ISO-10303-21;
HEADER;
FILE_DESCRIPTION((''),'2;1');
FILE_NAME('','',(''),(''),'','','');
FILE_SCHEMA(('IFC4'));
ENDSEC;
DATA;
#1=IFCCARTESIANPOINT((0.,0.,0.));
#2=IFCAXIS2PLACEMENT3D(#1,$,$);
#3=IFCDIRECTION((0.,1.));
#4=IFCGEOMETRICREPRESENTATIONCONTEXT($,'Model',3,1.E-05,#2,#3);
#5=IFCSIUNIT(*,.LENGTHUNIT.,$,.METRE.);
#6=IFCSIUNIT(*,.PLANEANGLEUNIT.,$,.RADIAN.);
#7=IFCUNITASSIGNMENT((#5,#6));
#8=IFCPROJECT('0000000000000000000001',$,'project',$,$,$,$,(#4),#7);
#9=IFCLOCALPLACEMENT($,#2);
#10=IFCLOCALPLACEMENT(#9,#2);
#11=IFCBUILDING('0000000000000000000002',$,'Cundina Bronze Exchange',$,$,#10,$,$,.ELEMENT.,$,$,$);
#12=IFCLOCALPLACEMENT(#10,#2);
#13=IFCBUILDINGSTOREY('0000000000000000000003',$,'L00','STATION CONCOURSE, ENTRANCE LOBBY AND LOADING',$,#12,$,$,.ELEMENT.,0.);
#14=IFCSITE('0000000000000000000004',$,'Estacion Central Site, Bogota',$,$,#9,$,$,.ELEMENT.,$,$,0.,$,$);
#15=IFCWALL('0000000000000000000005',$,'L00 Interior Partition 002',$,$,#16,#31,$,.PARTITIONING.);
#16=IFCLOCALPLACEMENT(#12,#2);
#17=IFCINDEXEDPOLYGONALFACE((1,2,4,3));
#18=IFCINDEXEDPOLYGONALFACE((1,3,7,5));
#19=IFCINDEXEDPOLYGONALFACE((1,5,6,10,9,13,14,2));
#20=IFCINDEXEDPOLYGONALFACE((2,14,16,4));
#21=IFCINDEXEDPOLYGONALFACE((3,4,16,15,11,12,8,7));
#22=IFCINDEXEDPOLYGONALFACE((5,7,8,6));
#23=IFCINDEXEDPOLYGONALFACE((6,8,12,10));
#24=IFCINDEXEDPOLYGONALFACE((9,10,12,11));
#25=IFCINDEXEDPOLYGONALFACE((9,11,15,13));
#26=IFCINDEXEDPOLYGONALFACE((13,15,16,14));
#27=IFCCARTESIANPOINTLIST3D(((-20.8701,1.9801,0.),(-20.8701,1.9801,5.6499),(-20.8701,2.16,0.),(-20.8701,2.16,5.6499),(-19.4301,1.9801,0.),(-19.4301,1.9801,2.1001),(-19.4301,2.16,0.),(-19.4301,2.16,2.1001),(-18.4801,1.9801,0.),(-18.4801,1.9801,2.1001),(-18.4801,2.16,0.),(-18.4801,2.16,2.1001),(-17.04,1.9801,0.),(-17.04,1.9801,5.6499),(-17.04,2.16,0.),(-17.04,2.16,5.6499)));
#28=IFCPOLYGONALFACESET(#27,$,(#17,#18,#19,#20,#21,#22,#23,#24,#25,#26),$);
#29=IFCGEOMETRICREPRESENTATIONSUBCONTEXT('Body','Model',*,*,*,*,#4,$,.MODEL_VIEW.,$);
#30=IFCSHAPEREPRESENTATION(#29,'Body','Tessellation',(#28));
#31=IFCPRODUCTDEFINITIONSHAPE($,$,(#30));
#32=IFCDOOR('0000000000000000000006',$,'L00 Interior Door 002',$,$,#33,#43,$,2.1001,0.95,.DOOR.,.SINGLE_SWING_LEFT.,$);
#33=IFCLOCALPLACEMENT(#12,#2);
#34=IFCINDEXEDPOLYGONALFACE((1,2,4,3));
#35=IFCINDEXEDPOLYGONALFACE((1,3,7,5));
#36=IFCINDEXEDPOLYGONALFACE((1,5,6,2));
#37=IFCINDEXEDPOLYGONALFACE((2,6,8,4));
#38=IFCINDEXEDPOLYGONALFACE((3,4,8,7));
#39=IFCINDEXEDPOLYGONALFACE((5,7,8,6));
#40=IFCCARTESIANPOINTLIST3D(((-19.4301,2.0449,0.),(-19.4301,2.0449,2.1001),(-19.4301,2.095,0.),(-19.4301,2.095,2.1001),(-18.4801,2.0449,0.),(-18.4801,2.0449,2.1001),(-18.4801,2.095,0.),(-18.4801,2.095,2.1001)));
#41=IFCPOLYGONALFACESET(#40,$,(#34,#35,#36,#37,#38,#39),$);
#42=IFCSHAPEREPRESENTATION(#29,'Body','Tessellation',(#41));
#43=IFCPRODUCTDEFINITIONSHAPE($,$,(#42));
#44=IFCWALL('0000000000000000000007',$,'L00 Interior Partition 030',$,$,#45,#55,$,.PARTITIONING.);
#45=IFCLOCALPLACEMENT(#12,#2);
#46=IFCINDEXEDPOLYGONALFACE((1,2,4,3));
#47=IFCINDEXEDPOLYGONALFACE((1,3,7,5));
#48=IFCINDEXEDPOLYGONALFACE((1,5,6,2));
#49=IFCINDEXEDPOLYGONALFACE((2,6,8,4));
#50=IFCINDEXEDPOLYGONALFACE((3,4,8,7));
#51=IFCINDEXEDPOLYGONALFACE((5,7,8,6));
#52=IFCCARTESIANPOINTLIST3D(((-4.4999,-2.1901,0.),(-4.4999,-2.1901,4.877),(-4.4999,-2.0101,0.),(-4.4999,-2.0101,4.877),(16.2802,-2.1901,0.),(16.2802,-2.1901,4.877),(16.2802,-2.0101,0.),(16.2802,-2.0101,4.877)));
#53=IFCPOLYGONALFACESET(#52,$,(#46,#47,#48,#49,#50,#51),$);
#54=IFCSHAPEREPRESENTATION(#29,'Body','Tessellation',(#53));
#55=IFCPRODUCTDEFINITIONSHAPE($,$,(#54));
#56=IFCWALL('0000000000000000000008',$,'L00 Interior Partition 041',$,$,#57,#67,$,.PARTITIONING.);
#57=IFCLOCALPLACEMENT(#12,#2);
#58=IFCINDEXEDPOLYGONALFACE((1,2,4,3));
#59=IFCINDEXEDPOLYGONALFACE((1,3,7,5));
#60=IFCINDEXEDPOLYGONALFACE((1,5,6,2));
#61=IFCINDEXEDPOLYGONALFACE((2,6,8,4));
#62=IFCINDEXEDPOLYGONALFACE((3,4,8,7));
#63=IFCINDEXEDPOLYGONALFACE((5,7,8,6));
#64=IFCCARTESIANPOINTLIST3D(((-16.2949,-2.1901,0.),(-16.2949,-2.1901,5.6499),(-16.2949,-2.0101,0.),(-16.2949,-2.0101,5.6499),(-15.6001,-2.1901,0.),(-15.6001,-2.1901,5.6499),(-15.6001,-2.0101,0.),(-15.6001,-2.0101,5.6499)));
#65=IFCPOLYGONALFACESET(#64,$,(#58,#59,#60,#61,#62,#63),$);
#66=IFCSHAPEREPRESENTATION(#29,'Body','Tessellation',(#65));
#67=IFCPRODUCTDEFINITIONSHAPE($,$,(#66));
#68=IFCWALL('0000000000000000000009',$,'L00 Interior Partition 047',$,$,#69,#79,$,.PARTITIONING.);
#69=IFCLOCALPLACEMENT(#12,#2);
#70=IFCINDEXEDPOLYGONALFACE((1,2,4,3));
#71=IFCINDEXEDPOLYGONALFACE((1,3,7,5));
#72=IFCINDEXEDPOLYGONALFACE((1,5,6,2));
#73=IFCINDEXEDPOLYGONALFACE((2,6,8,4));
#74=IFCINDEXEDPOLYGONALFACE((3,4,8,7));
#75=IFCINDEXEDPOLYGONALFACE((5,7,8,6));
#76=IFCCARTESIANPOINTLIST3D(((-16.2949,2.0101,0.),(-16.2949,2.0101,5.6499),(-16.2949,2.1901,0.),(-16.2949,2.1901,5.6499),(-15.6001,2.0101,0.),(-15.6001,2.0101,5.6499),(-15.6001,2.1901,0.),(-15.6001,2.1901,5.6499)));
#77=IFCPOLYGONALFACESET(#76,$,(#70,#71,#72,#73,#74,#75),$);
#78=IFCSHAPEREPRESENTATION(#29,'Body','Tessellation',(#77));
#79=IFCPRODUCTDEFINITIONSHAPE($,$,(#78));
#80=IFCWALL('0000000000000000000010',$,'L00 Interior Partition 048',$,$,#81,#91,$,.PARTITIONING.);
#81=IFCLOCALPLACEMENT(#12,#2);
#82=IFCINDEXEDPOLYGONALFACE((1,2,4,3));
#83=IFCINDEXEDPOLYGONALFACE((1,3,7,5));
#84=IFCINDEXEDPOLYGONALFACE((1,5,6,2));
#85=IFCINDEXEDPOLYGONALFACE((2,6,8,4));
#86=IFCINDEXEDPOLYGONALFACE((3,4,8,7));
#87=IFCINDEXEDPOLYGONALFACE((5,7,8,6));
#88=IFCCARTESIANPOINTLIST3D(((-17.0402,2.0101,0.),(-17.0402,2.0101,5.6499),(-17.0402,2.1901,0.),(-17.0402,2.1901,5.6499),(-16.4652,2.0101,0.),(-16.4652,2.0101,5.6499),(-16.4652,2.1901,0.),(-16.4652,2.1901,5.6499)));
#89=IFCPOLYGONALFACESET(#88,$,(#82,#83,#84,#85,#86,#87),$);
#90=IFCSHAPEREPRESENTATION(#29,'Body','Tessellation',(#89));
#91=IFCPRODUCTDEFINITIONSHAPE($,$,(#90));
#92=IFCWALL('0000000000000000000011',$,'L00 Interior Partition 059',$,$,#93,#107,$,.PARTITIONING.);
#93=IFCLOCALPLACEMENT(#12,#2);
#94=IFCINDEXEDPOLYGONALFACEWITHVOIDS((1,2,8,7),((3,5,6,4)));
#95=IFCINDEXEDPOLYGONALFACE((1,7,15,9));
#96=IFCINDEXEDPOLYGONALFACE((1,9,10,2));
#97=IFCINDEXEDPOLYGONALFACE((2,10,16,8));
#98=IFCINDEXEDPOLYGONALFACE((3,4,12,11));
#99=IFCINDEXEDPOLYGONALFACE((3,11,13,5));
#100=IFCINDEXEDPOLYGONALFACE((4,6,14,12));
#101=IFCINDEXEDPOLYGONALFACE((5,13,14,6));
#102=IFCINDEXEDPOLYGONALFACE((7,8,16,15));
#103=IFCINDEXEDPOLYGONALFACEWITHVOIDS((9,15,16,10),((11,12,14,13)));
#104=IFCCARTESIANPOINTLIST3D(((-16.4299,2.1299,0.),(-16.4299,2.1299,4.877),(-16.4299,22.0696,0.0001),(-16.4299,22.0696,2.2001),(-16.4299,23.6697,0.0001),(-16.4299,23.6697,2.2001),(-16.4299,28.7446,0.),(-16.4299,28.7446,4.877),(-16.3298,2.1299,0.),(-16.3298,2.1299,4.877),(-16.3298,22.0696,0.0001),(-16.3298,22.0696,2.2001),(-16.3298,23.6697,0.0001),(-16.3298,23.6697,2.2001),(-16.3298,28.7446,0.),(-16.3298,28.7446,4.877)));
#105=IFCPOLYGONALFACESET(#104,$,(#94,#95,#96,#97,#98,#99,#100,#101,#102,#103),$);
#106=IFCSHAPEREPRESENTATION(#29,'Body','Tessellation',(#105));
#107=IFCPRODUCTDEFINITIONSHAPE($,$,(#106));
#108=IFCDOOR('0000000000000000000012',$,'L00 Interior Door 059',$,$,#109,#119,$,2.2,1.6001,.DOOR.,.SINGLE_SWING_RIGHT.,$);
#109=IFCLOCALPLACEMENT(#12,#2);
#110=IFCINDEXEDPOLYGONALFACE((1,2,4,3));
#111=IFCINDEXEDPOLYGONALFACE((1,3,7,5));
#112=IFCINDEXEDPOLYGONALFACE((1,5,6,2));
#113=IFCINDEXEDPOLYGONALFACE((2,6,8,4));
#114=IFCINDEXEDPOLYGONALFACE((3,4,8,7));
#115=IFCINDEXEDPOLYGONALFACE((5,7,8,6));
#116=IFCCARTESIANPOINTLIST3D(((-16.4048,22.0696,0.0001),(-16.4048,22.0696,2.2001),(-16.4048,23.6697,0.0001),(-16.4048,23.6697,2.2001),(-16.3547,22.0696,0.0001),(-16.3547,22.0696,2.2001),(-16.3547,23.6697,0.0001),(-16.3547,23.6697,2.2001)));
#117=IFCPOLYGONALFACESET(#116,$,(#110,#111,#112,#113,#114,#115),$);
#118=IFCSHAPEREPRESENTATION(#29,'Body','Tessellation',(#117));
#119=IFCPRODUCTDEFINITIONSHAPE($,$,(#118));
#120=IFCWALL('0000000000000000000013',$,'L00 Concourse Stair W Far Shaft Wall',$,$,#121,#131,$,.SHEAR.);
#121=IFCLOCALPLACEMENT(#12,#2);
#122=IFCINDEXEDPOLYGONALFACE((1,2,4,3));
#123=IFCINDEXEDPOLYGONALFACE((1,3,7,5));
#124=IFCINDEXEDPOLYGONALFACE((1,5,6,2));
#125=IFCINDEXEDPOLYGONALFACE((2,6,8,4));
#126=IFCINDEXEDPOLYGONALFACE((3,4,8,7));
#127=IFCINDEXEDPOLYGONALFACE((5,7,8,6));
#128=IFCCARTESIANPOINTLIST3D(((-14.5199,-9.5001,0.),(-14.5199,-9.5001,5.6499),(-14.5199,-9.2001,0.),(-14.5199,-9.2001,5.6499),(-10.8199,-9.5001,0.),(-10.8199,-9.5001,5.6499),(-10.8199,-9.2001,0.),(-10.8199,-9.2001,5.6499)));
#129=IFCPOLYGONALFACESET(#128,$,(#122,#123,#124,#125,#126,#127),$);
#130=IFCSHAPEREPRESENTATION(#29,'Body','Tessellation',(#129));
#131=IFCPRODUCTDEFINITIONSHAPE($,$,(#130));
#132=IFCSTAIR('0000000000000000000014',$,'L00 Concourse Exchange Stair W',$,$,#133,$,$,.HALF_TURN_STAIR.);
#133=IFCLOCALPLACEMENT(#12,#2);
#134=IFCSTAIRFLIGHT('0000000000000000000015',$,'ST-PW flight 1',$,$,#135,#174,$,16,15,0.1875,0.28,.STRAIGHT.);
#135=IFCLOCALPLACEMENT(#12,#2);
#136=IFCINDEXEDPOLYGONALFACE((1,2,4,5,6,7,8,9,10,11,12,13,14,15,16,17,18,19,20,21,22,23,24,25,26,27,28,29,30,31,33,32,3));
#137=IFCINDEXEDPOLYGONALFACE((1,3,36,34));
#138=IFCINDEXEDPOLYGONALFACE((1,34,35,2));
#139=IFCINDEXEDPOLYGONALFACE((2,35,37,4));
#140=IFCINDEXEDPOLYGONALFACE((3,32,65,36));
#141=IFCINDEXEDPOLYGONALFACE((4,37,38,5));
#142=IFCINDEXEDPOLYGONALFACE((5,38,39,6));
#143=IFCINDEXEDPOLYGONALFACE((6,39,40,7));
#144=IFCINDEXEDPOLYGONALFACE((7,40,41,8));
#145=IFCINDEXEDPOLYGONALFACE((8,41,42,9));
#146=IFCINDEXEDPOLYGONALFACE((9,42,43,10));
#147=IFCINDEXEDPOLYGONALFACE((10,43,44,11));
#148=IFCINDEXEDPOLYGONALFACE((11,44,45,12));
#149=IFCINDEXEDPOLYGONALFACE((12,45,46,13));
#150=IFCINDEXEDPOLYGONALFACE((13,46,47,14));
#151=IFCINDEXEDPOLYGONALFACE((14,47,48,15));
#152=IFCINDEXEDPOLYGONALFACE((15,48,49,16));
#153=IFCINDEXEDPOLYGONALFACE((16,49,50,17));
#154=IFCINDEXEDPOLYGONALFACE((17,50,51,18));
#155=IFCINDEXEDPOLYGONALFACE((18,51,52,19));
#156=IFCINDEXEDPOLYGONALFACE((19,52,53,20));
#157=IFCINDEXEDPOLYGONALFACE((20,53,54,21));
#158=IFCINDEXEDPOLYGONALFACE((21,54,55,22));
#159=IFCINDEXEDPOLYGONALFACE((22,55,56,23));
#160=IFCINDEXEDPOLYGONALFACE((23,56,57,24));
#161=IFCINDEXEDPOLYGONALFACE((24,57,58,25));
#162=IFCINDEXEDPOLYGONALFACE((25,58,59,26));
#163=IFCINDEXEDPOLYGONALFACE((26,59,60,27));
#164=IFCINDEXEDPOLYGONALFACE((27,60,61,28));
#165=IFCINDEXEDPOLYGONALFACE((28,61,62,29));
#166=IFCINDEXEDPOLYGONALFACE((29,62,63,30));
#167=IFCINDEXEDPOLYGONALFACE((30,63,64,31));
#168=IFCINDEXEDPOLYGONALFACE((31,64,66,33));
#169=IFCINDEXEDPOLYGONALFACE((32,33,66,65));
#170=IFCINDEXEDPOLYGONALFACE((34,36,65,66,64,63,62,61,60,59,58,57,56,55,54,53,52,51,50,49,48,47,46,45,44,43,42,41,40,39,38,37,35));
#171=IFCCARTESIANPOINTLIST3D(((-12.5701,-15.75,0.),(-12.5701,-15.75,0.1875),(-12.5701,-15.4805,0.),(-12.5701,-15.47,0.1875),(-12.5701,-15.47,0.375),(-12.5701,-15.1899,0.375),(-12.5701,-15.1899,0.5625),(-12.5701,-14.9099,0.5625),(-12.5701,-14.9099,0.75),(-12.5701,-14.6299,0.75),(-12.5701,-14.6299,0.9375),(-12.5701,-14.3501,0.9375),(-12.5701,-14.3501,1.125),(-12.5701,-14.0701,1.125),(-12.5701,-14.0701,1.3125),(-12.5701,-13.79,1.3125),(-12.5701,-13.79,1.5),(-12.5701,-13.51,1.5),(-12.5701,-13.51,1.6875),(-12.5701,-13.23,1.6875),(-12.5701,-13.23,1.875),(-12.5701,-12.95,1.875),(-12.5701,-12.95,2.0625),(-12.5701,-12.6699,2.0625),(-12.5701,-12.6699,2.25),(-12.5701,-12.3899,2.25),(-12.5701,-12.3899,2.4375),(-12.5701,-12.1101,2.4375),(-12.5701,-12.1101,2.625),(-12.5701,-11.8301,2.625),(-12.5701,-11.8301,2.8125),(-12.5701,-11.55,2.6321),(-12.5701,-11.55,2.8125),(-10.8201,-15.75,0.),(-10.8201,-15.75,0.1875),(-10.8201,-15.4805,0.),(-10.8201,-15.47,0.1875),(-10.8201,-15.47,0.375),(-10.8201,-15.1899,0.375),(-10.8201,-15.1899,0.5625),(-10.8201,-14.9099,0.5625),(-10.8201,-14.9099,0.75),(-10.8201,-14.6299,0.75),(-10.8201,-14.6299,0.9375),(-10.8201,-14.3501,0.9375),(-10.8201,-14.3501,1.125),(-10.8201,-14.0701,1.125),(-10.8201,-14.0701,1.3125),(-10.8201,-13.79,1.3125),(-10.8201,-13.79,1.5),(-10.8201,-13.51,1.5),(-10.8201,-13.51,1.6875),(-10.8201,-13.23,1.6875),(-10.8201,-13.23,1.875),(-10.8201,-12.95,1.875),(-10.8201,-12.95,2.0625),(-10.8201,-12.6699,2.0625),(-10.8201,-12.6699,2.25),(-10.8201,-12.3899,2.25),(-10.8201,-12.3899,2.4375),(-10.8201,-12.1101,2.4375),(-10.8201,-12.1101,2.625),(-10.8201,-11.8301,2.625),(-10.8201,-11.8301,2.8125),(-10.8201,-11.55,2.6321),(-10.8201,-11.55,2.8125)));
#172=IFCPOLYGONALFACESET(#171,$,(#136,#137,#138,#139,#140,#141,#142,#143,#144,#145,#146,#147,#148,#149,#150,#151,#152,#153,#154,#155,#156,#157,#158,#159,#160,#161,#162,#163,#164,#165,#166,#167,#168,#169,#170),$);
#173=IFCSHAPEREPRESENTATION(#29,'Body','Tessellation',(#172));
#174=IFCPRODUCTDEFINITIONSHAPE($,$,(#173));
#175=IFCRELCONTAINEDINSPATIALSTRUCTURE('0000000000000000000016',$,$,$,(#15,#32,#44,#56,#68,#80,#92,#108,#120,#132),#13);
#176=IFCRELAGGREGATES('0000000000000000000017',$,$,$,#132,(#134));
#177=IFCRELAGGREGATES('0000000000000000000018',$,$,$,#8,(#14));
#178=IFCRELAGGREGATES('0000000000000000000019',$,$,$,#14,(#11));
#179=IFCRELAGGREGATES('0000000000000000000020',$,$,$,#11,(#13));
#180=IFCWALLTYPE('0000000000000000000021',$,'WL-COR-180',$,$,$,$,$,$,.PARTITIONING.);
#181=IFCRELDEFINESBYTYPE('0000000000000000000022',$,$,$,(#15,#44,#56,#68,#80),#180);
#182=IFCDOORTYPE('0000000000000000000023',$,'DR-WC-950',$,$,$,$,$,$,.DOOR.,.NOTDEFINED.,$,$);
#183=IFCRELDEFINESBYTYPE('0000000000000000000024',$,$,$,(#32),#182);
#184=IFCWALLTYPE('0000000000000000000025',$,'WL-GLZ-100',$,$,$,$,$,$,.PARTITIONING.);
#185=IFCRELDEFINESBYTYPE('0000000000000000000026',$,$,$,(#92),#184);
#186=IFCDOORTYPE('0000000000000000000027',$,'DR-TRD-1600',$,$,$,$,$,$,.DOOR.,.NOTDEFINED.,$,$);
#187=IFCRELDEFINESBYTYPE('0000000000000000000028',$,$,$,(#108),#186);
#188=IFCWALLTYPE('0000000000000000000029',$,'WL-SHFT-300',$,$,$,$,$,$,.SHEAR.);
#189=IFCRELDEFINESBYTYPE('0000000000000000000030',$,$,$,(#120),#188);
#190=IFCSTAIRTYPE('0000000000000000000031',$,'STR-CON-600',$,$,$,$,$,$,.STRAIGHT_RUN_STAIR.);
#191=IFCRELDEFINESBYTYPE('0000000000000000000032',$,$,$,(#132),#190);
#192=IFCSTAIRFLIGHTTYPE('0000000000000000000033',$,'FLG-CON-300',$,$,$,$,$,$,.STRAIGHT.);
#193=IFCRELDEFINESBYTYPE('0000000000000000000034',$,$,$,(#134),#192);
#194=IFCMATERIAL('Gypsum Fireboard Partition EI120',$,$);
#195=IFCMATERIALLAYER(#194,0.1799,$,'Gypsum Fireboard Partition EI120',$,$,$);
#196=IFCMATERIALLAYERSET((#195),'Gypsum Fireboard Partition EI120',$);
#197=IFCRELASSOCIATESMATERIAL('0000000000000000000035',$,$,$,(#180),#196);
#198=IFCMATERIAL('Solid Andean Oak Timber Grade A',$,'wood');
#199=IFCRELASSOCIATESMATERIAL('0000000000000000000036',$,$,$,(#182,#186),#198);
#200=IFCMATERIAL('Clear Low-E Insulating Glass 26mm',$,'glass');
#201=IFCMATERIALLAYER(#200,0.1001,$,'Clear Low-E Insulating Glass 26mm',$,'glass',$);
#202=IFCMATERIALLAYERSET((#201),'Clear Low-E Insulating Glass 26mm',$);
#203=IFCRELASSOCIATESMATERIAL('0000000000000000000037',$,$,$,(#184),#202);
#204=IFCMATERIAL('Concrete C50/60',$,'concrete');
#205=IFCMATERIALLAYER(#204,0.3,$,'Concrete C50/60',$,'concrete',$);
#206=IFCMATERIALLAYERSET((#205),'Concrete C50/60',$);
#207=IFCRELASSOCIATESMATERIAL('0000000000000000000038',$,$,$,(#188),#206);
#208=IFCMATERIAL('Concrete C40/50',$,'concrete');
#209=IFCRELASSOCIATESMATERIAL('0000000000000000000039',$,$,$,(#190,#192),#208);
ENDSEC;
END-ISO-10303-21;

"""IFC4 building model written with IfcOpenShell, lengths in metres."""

from ifc_helpers import new_model, si_unit, direction, frame, frame_2d, origin, place, context, subcontext, project, spatial, polyline, rectangle, outline, extrude, material, layer, layer_set, type_object, element, fill, aggregate, save


model = new_model("IFC4")

# Units and contexts
model_context = context("Model", 3, precision=1e-05, world=origin(), true_north=direction((0.0, 1.0)))
body_context = subcontext(model_context, "Body", "Model", "MODEL_VIEW")
ifc_project = project(units=[si_unit("LENGTHUNIT", "METRE"), si_unit("PLANEANGLEUNIT", "RADIAN")], contexts=[model_context])

# Site, building, storey
site_placement = place(None, origin())
site = spatial("IfcSite", under=ifc_project, at=site_placement, Name="Estacion Central Site, Bogota", CompositionType="ELEMENT", RefElevation=0.0)
building_placement = place(site_placement, origin())
building = spatial("IfcBuilding", under=site, at=building_placement, Name="Cundina Bronze Exchange", CompositionType="ELEMENT")
storey_placement = place(building_placement, origin())
storey = spatial("IfcBuildingStorey", under=building, at=storey_placement, Name="L00", Description="STATION CONCOURSE, ENTRANCE LOBBY AND LOADING", CompositionType="ELEMENT", Elevation=0.0)

# Shared definitions
ifc_material_1 = material(Name="Concrete C40/50", Category="concrete")

# Shared definitions
ifc_material_2 = material(Name="Concrete C50/60", Category="concrete")

# Shared definitions
ifc_material_3 = material(Name="Gypsum Fireboard Partition EI120")
ifc_layer_1 = layer(ifc_material_3, 0.1799, Name="Gypsum Fireboard Partition EI120")
ifc_layer_set_1 = layer_set([ifc_layer_1], Name="Gypsum Fireboard Partition EI120")
wall_type_1 = type_object("IfcWallType", Name="WL-COR-180", PredefinedType="PARTITIONING", material=ifc_layer_set_1)

# Wall, opening, door
wall_1_placement = place(storey_placement, frame((-20.8701, 2.0701, 0.0), z_axis=(0.0, 0.0, 1.0), x_axis=(1.0, 0.0, 0.0)))
wall_1 = element("IfcWall", 1, at=wall_1_placement, inside=storey, type_object=wall_type_1, Name="L00 Interior Partition 002", PredefinedType="PARTITIONING", context=body_context, shape_type="SweptSolid", body=[
    extrude(rectangle(XDim=3.8301, YDim=0.1799, at=frame_2d((1.915, 0.0))), origin(), (0.0, 0.0, 1.0), 5.6499),
])
opening_1_placement = place(wall_1_placement, frame((1.4399, 0.0, 0.0)))
opening_1 = element("IfcOpeningElement", 2, at=opening_1_placement, cuts=wall_1, PredefinedType="OPENING", context=body_context, shape_type="SweptSolid", body=[
    extrude(rectangle(XDim=0.95, YDim=2.1001, at=frame_2d((0.4751, 1.05))), frame((0.0, 0.0999, 0.0), z_axis=(0.0, -1.0, 0.0), x_axis=(1.0, 0.0, 0.0)), (0.0, 0.0, 1.0), 0.2),
])
ifc_material_4 = material(Name="Solid Andean Oak Timber Grade A", Category="wood")
door_type_1 = type_object("IfcDoorType", Name="DR-WC-950", OperationType="NOTDEFINED", PredefinedType="DOOR", material=ifc_material_4)
door_1_placement = place(opening_1_placement, origin())
door_1 = element("IfcDoor", 3, at=door_1_placement, inside=storey, type_object=door_type_1, Name="L00 Interior Door 002", OperationType="SINGLE_SWING_LEFT", OverallHeight=2.1001, OverallWidth=0.95, PredefinedType="DOOR", context=body_context, shape_type="SweptSolid", body=[
    extrude(rectangle(XDim=0.95, YDim=2.1001, at=frame_2d((0.4751, 1.05))), frame((0.0, 0.0249, 0.0), z_axis=(0.0, -1.0, 0.0), x_axis=(1.0, 0.0, 0.0)), (0.0, 0.0, 1.0), 0.05),
])
fill(opening_1, door_1)

# Walls
wall_2_placement = place(storey_placement, frame((-4.5, -2.1001, 0.0), z_axis=(0.0, 0.0, 1.0), x_axis=(1.0, 0.0, 0.0)))
element("IfcWall", 4, at=wall_2_placement, inside=storey, type_object=wall_type_1, Name="L00 Interior Partition 030", PredefinedType="PARTITIONING", context=body_context, shape_type="SweptSolid", body=[
    extrude(rectangle(XDim=20.78, YDim=0.1799, at=frame_2d((10.3901, 0.0))), origin(), (0.0, 0.0, 1.0), 4.877),
])
for number, where, z_axis, x_axis, name in (
    (5, (-16.2949, -2.1001, 0.0), (0.0, 0.0, 1.0), (1.0, 0.0, 0.0), "L00 Interior Partition 041"),
    (6, (-15.6001, 2.1001, 0.0), (0.0, 0.0, 1.0), (-1.0, 0.0, 0.0), "L00 Interior Partition 047"),
):
    element("IfcWall", number, at=place(storey_placement, frame(where, z_axis=z_axis, x_axis=x_axis)), inside=storey, type_object=wall_type_1, Name=name, PredefinedType="PARTITIONING", context=body_context, shape_type="SweptSolid", body=[
        extrude(rectangle(XDim=0.6948, YDim=0.1799, at=frame_2d((0.3474, 0.0))), origin(), (0.0, 0.0, 1.0), 5.6499),
    ])
wall_3_placement = place(storey_placement, frame((-16.4651, 2.1001, 0.0), z_axis=(0.0, 0.0, 1.0), x_axis=(-1.0, 0.0, 0.0)))
element("IfcWall", 7, at=wall_3_placement, inside=storey, type_object=wall_type_1, Name="L00 Interior Partition 048", PredefinedType="PARTITIONING", context=body_context, shape_type="SweptSolid", body=[
    extrude(rectangle(XDim=0.575, YDim=0.1799, at=frame_2d((0.2876, 0.0))), origin(), (0.0, 0.0, 1.0), 5.6499),
])

# Wall, opening, door
ifc_material_5 = material(Name="Clear Low-E Insulating Glass 26mm", Category="glass")
ifc_layer_2 = layer(ifc_material_5, 0.1001, Name="Clear Low-E Insulating Glass 26mm", Category="glass")
ifc_layer_set_2 = layer_set([ifc_layer_2], Name="Clear Low-E Insulating Glass 26mm")
wall_type_2 = type_object("IfcWallType", Name="WL-GLZ-100", PredefinedType="PARTITIONING", material=ifc_layer_set_2)
wall_4_placement = place(storey_placement, frame((-16.3799, 2.1299, 0.0), z_axis=(0.0, 0.0, 1.0), x_axis=(0.0, 1.0, 0.0)))
wall_4 = element("IfcWall", 8, at=wall_4_placement, inside=storey, type_object=wall_type_2, Name="L00 Interior Partition 059", PredefinedType="PARTITIONING", context=body_context, shape_type="SweptSolid", body=[
    extrude(rectangle(XDim=26.6147, YDim=0.1001, at=frame_2d((13.3074, 0.0))), origin(), (0.0, 0.0, 1.0), 4.877),
])
opening_2_placement = place(wall_4_placement, frame((19.9397, 0.0, 0.0)))
opening_2 = element("IfcOpeningElement", 9, at=opening_2_placement, cuts=wall_4, PredefinedType="OPENING", context=body_context, shape_type="SweptSolid", body=[
    extrude(rectangle(XDim=1.6001, YDim=2.2, at=frame_2d((0.8, 1.1001))), frame((0.0, 0.0601, 0.0), z_axis=(0.0, -1.0, 0.0), x_axis=(1.0, 0.0, 0.0)), (0.0, 0.0, 1.0), 0.1201),
])
door_type_2 = type_object("IfcDoorType", Name="DR-TRD-1600", OperationType="NOTDEFINED", PredefinedType="DOOR", material=ifc_material_4)
door_2_placement = place(opening_2_placement, origin())
door_2 = element("IfcDoor", 10, at=door_2_placement, inside=storey, type_object=door_type_2, Name="L00 Interior Door 059", OperationType="SINGLE_SWING_RIGHT", OverallHeight=2.2, OverallWidth=1.6001, PredefinedType="DOOR", context=body_context, shape_type="SweptSolid", body=[
    extrude(rectangle(XDim=1.6001, YDim=2.2, at=frame_2d((0.8, 1.1001))), frame((0.0, 0.0249, 0.0), z_axis=(0.0, -1.0, 0.0), x_axis=(1.0, 0.0, 0.0)), (0.0, 0.0, 1.0), 0.05),
])
fill(opening_2, door_2)

# Wall
ifc_layer_3 = layer(ifc_material_2, 0.3, Name="Concrete C50/60", Category="concrete")
ifc_layer_set_3 = layer_set([ifc_layer_3], Name="Concrete C50/60")
wall_type_3 = type_object("IfcWallType", Name="WL-SHFT-300", PredefinedType="SHEAR", material=ifc_layer_set_3)
wall_5_placement = place(storey_placement, frame((-14.52, -9.3501, 0.0), z_axis=(0.0, 0.0, 1.0), x_axis=(1.0, 0.0, 0.0)))
element("IfcWall", 11, at=wall_5_placement, inside=storey, type_object=wall_type_3, Name="L00 Concourse Stair W Far Shaft Wall", PredefinedType="SHEAR", context=body_context, shape_type="SweptSolid", body=[
    extrude(rectangle(XDim=3.7, YDim=0.3, at=frame_2d((1.8501, 0.0))), origin(), (0.0, 0.0, 1.0), 5.6499),
])

# Stair, stair flight
stair_type = type_object("IfcStairType", Name="STR-CON-600", PredefinedType="STRAIGHT_RUN_STAIR", material=ifc_material_1)
stair_placement = place(storey_placement, origin())
stair = element("IfcStair", 12, at=stair_placement, inside=storey, type_object=stair_type, Name="L00 Concourse Exchange Stair W", PredefinedType="HALF_TURN_STAIR")
stair_flight_type = type_object("IfcStairFlightType", Name="FLG-CON-300", PredefinedType="STRAIGHT", material=ifc_material_1)
stair_flight_1_placement = place(storey_placement, frame((-11.6951, -15.75, 0.0), z_axis=(0.0, 0.0, 1.0), x_axis=(0.0, 1.0, 0.0)))
stair_flight_1 = element("IfcStairFlight", 13, at=stair_flight_1_placement, type_object=stair_flight_type, Name="ST-PW flight 1", NumberOfRisers=16, NumberOfTreads=15, PredefinedType="STRAIGHT", RiserHeight=0.1875, TreadLength=0.28, context=body_context, shape_type="SweptSolid", body=[
    extrude(outline(polyline([(0.0, 0.0), (0.0, 0.1875), (0.28, 0.1875), (0.28, 0.375), (0.5601, 0.375), (0.5601, 0.5625), (0.8401, 0.5625), (0.8401, 0.75), (1.1201, 0.75), (1.1201, 0.9375), (1.3999, 0.9375), (1.3999, 1.125), (1.6799, 1.125), (1.6799, 1.3125), (1.96, 1.3125), (1.96, 1.5), (2.24, 1.5), (2.24, 1.6875), (2.52, 1.6875), (2.52, 1.875), (2.8, 1.875), (2.8, 2.0625), (3.0801, 2.0625), (3.0801, 2.25), (3.3601, 2.25), (3.3601, 2.4375), (3.6399, 2.4375), (3.6399, 2.625), (3.9199, 2.625), (3.9199, 2.8125), (4.2, 2.8125), (4.2, 3.0), (4.2, 2.6321), (0.2695, 0.0), (0.0, 0.0)])), frame((0.0, 0.875, 0.0), z_axis=(0.0, -1.0, 0.0), x_axis=(1.0, 0.0, 0.0)), (0.0, 0.0, 1.0), 1.75),
])
aggregate(stair, [stair_flight_1])

save(model, "model.ifc")
